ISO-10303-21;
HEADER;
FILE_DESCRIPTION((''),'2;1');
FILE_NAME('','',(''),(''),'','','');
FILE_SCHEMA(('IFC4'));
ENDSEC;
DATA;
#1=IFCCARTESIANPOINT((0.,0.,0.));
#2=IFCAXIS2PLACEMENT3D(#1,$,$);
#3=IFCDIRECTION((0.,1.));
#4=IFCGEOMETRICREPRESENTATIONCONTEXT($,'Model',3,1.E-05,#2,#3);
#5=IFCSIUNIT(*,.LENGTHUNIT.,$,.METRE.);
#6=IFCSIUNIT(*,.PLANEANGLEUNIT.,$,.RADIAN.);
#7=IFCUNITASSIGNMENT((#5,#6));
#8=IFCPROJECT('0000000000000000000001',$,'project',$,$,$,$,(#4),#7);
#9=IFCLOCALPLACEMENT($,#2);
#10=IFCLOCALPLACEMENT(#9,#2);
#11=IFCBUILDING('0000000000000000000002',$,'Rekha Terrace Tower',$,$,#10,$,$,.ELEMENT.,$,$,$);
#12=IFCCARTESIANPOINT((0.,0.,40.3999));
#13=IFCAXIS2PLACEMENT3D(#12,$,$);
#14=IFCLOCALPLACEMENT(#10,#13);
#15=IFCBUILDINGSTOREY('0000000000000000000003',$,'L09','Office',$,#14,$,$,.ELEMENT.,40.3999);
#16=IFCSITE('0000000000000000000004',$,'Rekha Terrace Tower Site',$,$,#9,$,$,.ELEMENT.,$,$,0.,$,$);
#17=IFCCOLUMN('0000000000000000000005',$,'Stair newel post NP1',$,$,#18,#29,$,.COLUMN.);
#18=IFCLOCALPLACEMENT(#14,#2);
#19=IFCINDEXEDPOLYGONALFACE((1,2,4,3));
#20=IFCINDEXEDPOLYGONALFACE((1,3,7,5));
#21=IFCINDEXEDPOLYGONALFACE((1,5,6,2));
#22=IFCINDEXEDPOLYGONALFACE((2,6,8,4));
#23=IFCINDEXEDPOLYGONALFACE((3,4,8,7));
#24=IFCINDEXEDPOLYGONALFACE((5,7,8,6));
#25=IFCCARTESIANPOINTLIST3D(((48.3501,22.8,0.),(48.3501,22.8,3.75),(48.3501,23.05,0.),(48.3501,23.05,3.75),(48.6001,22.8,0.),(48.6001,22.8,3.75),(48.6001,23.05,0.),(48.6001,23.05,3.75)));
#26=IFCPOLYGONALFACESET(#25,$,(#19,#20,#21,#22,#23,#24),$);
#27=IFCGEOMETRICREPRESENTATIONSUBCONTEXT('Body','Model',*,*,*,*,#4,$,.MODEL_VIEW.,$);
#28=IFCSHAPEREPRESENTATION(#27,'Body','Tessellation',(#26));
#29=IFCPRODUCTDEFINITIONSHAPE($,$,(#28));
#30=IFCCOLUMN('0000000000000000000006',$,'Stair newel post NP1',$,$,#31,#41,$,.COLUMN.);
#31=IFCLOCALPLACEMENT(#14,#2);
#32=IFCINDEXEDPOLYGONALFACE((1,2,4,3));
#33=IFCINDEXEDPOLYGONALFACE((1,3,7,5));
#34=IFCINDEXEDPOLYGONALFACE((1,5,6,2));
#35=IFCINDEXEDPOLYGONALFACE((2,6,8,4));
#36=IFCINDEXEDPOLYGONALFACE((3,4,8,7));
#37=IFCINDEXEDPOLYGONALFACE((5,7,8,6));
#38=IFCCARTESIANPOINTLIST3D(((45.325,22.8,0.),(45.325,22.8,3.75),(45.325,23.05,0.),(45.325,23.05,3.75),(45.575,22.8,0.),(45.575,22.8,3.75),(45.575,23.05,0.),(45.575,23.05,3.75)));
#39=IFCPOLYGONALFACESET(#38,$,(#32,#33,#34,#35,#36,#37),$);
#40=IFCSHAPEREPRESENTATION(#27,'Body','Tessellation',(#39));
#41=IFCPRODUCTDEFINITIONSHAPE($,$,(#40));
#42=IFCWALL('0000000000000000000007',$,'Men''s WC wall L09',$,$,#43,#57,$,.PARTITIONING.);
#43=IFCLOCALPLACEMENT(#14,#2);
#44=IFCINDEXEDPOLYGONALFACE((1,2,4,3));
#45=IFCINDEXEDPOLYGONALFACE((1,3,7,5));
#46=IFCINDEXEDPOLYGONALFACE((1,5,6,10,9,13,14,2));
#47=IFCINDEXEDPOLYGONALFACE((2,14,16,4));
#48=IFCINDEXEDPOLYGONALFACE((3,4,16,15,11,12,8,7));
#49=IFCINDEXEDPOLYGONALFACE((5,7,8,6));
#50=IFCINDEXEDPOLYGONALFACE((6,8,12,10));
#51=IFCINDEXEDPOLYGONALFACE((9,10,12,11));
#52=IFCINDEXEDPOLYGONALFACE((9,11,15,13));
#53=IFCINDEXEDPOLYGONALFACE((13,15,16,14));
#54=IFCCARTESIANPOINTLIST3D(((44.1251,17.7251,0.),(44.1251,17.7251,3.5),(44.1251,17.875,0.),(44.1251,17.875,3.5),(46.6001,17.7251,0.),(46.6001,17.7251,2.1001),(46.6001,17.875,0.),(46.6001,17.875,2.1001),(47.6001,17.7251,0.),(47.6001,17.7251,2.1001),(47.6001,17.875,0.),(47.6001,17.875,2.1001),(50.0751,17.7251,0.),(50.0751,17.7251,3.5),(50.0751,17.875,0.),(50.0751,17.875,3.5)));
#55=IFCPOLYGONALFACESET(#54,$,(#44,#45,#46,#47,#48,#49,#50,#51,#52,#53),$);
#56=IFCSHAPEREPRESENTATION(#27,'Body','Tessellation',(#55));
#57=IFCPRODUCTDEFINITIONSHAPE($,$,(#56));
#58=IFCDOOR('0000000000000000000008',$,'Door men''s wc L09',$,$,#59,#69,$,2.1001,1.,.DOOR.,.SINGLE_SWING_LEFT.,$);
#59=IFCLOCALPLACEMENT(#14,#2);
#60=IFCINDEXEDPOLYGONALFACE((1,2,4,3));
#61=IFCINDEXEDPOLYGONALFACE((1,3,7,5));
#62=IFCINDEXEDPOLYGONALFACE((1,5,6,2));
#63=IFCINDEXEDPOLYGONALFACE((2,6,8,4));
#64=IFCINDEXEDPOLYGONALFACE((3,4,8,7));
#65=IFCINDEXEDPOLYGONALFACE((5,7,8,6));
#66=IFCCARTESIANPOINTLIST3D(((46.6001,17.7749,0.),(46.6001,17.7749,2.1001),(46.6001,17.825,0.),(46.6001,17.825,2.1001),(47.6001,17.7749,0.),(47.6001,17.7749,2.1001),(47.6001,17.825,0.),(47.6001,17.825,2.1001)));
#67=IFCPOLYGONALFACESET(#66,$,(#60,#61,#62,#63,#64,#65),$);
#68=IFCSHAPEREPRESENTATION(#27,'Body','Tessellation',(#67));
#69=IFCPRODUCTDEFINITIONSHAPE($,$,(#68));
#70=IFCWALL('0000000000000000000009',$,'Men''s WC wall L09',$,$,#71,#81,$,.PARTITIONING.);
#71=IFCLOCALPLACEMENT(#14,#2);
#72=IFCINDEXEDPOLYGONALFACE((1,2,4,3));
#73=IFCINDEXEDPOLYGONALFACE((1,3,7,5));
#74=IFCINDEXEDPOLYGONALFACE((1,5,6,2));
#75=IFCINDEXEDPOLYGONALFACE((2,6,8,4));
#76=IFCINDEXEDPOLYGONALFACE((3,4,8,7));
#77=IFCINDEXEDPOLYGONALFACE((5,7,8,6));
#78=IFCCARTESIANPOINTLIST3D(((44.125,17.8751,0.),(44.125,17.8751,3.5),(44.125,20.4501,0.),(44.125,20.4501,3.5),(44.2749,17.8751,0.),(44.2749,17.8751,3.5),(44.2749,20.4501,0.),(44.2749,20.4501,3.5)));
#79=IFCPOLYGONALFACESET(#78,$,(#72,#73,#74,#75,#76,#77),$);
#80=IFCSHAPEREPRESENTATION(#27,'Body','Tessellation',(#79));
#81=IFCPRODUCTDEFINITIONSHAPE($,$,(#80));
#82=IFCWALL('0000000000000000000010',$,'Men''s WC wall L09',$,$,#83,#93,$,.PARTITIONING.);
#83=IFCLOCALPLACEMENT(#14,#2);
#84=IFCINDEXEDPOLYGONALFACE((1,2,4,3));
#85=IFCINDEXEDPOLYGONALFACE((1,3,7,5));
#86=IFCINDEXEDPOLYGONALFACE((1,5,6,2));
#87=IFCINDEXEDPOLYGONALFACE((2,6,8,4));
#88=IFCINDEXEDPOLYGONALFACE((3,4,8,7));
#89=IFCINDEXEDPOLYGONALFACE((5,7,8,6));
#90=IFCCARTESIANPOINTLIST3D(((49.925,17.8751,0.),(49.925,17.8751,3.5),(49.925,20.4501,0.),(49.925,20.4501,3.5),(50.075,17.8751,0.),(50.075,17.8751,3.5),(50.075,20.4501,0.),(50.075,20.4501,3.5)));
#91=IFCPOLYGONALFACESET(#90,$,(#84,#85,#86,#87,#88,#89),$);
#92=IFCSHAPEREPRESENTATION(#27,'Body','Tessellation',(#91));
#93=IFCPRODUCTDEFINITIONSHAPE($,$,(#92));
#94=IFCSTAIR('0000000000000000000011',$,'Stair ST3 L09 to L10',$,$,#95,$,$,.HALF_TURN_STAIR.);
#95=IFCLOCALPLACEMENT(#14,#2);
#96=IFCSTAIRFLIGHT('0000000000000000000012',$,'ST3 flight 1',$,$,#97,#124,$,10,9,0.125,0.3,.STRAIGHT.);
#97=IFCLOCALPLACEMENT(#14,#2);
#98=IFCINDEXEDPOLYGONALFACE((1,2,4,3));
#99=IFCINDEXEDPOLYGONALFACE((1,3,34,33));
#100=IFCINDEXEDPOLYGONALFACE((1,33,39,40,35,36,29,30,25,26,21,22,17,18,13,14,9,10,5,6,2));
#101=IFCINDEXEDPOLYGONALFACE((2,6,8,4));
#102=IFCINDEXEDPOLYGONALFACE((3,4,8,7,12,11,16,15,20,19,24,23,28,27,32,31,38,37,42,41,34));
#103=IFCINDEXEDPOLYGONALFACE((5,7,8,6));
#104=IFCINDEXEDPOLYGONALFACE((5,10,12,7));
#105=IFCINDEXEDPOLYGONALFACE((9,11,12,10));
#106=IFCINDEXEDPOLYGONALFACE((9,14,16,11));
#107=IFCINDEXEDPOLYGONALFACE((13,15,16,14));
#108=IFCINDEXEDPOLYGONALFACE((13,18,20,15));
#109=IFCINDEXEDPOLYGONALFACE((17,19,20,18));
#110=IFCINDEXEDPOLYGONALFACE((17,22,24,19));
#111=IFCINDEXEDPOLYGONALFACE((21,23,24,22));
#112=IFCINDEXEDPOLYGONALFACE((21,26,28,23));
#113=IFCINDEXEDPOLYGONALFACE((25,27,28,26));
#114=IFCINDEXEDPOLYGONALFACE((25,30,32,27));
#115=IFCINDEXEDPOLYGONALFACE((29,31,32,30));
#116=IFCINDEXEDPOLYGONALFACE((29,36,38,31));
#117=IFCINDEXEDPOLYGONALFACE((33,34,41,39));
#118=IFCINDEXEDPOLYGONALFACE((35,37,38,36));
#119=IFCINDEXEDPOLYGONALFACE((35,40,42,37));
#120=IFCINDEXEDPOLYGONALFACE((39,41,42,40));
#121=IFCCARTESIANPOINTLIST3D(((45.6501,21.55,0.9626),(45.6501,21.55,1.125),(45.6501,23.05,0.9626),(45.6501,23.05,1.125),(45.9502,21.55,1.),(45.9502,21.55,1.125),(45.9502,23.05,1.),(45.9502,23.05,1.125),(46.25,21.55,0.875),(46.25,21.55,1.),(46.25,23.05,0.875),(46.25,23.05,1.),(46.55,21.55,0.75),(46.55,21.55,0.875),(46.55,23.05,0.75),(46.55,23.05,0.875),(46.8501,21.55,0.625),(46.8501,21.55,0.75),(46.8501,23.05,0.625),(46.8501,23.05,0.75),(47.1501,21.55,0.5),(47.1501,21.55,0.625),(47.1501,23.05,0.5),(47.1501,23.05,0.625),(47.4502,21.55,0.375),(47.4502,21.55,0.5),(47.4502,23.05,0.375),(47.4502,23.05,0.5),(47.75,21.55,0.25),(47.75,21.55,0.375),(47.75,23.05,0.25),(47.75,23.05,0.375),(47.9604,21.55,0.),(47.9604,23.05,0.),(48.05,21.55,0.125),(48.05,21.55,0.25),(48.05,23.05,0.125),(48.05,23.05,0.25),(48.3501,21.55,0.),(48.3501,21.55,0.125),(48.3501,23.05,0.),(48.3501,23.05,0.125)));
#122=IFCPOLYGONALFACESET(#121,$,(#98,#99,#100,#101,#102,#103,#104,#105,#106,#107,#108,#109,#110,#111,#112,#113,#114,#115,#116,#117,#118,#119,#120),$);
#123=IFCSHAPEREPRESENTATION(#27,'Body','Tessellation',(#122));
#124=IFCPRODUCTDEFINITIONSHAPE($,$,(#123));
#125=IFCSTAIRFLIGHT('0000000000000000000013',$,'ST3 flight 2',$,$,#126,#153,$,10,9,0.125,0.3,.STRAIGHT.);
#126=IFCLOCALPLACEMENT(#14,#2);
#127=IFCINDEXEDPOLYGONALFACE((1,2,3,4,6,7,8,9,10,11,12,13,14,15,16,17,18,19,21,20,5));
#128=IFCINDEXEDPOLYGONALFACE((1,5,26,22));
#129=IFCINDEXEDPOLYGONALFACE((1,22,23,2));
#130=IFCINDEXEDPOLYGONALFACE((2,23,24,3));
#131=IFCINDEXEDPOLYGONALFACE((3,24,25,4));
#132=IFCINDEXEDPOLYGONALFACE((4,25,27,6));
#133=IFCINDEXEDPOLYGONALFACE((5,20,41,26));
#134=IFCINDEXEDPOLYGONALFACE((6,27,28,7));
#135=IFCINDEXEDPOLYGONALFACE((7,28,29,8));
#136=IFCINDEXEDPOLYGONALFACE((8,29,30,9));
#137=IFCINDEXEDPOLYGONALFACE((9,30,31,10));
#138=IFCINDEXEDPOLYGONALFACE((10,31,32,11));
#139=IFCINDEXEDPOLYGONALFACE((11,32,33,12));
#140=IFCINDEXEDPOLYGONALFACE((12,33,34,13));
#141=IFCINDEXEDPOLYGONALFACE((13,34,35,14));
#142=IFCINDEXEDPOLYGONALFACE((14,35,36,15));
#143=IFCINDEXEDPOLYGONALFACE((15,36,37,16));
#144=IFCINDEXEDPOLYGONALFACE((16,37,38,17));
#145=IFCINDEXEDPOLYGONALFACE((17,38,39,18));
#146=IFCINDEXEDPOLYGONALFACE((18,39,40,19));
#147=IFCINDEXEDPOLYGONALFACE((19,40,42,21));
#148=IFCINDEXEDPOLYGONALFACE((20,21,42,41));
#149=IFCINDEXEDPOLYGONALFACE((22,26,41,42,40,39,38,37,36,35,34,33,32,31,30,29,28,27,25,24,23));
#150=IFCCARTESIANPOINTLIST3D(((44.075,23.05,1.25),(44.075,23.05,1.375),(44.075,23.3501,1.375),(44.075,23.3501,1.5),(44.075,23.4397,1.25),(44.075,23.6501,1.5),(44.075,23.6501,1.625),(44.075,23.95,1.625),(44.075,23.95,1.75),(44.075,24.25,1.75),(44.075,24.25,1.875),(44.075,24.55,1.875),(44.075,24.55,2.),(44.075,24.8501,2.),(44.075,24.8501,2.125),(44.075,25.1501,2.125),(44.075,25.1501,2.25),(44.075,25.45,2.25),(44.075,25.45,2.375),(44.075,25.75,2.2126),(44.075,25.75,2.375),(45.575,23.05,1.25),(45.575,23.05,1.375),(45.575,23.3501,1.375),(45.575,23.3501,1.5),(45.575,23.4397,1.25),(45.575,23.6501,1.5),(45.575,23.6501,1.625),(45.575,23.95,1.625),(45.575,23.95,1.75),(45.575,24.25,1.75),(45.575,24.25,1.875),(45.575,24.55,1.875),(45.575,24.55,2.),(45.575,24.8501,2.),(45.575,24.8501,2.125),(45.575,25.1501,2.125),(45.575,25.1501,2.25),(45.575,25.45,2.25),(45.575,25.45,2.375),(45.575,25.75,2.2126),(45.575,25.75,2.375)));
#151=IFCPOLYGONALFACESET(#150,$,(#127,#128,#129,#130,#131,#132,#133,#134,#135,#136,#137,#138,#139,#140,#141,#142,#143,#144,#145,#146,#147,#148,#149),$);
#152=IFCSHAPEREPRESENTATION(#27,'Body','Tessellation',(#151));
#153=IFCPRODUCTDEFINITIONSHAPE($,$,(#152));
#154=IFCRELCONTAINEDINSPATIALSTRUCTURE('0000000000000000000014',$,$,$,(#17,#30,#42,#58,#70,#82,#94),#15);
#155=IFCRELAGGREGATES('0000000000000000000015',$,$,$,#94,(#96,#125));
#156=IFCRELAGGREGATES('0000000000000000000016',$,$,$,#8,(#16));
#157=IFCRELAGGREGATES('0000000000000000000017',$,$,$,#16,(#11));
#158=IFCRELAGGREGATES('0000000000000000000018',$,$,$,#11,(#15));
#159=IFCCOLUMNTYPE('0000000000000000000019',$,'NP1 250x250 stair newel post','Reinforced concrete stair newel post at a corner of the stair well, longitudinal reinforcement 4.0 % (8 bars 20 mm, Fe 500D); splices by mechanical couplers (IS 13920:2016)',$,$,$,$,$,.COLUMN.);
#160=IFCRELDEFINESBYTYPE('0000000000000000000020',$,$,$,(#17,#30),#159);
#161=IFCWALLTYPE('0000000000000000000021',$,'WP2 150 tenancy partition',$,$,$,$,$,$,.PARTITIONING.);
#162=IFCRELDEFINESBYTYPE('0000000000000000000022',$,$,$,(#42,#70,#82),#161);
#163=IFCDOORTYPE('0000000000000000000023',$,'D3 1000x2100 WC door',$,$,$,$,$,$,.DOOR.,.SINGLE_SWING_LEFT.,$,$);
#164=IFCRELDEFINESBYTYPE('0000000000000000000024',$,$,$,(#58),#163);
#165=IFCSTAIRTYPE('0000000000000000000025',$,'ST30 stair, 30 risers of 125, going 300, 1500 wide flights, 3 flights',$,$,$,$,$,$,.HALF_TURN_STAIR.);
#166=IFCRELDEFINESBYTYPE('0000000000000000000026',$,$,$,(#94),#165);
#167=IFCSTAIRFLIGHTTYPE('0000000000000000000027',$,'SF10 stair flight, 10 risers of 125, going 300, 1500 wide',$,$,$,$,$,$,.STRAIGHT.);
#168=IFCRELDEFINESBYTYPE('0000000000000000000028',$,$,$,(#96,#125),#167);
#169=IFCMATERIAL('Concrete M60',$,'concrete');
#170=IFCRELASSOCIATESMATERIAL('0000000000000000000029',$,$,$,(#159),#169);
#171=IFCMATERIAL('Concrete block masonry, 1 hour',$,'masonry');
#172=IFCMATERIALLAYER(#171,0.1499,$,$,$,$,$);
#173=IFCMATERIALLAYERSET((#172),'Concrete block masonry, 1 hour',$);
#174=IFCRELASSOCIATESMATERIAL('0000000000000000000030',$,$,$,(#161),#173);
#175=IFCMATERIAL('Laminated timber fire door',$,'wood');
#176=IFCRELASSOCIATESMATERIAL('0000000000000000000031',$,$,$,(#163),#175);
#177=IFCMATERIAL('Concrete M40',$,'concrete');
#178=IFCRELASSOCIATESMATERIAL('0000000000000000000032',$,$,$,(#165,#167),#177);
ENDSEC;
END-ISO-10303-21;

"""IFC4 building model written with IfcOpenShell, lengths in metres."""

from ifc_helpers import new_model, si_unit, direction, frame, frame_2d, origin, origin_2d, place, context, subcontext, project, spatial, polyline, rectangle, outline, extrude, material, layer, layer_set, material_profile, profile_set, type_object, element, fill, aggregate, save


model = new_model("IFC4")

# Units and contexts
model_context = context("Model", 3, precision=1e-05, world=origin(), true_north=direction((0.0, 1.0)))
body_context = subcontext(model_context, "Body", "Model", "MODEL_VIEW")
ifc_project = project(units=[si_unit("LENGTHUNIT", "METRE"), si_unit("PLANEANGLEUNIT", "RADIAN")], contexts=[model_context])

# Site, building, storey
site_placement = place(None, origin())
site = spatial("IfcSite", under=ifc_project, at=site_placement, Name="Rekha Terrace Tower Site", CompositionType="ELEMENT", RefElevation=0.0)
building_placement = place(site_placement, origin())
building = spatial("IfcBuilding", under=site, at=building_placement, Name="Rekha Terrace Tower", CompositionType="ELEMENT")
storey_placement = place(building_placement, frame((0.0, 0.0, 40.3999)))
storey = spatial("IfcBuildingStorey", under=building, at=storey_placement, Name="L09", Description="Office", CompositionType="ELEMENT", Elevation=40.3999)

# Columns
ifc_material_1 = material(Name="Concrete M60", Category="concrete")
ifc_material_profile = material_profile(ifc_material_1, rectangle(XDim=0.25, YDim=0.25, at=origin_2d()), Name="RC 250x250")
ifc_profile_set = profile_set([ifc_material_profile], Name="Concrete M60")
column_type = type_object("IfcColumnType", Name="NP1 250x250 stair newel post", Description="Reinforced concrete stair newel post at a corner of the stair well, longitudinal reinforcement 4.0 % (8 bars 20 mm, Fe 500D); splices by mechanical couplers (IS 13920:2016)", PredefinedType="COLUMN", material=ifc_profile_set)
for number, where, z_axis, x_axis, name in (
    (1, (48.4751, 22.925, 0.0), (0.0, 0.0, 1.0), (1.0, 0.0, 0.0), "Stair newel post NP1"),
    (2, (45.45, 22.925, 0.0), (0.0, 0.0, 1.0), (1.0, 0.0, 0.0), "Stair newel post NP1"),
):
    element("IfcColumn", number, at=place(storey_placement, frame(where, z_axis=z_axis, x_axis=x_axis)), inside=storey, type_object=column_type, Name=name, PredefinedType="COLUMN", context=body_context, shape_type="SweptSolid", body=[
        extrude(rectangle(XDim=0.25, YDim=0.25, at=origin_2d()), origin(), (0.0, 0.0, 1.0), 3.75),
    ])

# Wall, opening, door
ifc_material_2 = material(Name="Concrete block masonry, 1 hour", Category="masonry")
ifc_layer = layer(ifc_material_2, 0.1499)
ifc_layer_set = layer_set([ifc_layer], Name="Concrete block masonry, 1 hour")
wall_type = type_object("IfcWallType", Name="WP2 150 tenancy partition", PredefinedType="PARTITIONING", material=ifc_layer_set)
wall_placement = place(storey_placement, frame((44.125, 17.8, 0.0), z_axis=(0.0, 0.0, 1.0), x_axis=(1.0, 0.0, 0.0)))
wall = element("IfcWall", 3, at=wall_placement, inside=storey, type_object=wall_type, Name="Men's WC wall L09", PredefinedType="PARTITIONING", context=body_context, shape_type="SweptSolid", body=[
    extrude(rectangle(XDim=5.95, YDim=0.1499, at=frame_2d((2.9751, 0.0))), origin(), (0.0, 0.0, 1.0), 3.5),
])
opening_placement = place(wall_placement, frame((2.4751, 0.0, 0.0)))
opening = element("IfcOpeningElement", 4, at=opening_placement, cuts=wall, PredefinedType="OPENING", context=body_context, shape_type="SweptSolid", body=[
    extrude(rectangle(XDim=1.0, YDim=2.1001, at=frame_2d((0.5, 1.05))), frame((0.0, 0.085, 0.0), z_axis=(0.0, -1.0, 0.0), x_axis=(1.0, 0.0, 0.0)), (0.0, 0.0, 1.0), 0.1699),
])
ifc_material_3 = material(Name="Laminated timber fire door", Category="wood")
door_type = type_object("IfcDoorType", Name="D3 1000x2100 WC door", OperationType="SINGLE_SWING_LEFT", PredefinedType="DOOR", material=ifc_material_3)
door_placement = place(opening_placement, origin())
door = element("IfcDoor", 5, at=door_placement, inside=storey, type_object=door_type, Name="Door men's wc L09", OperationType="SINGLE_SWING_LEFT", OverallHeight=2.1001, OverallWidth=1.0, PredefinedType="DOOR", context=body_context, shape_type="SweptSolid", body=[
    extrude(rectangle(XDim=1.0, YDim=2.1001, at=frame_2d((0.5, 1.05))), frame((0.0, 0.0249, 0.0), z_axis=(0.0, -1.0, 0.0), x_axis=(1.0, 0.0, 0.0)), (0.0, 0.0, 1.0), 0.05),
])
fill(opening, door)

# Walls
for number, where, z_axis, x_axis, name in (
    (6, (44.2, 17.875, 0.0), (0.0, 0.0, 1.0), (0.0, 1.0, 0.0), "Men's WC wall L09"),
    (7, (50.0, 17.875, 0.0), (0.0, 0.0, 1.0), (0.0, 1.0, 0.0), "Men's WC wall L09"),
):
    element("IfcWall", number, at=place(storey_placement, frame(where, z_axis=z_axis, x_axis=x_axis)), inside=storey, type_object=wall_type, Name=name, PredefinedType="PARTITIONING", context=body_context, shape_type="SweptSolid", body=[
        extrude(rectangle(XDim=2.575, YDim=0.1499, at=frame_2d((1.2876, 0.0))), origin(), (0.0, 0.0, 1.0), 3.5),
    ])

# Stair, stair flights
ifc_material_4 = material(Name="Concrete M40", Category="concrete")
stair_type = type_object("IfcStairType", Name="ST30 stair, 30 risers of 125, going 300, 1500 wide flights, 3 flights", PredefinedType="HALF_TURN_STAIR", material=ifc_material_4)
stair_placement = place(storey_placement, origin())
stair = element("IfcStair", 8, at=stair_placement, inside=storey, type_object=stair_type, Name="Stair ST3 L09 to L10", PredefinedType="HALF_TURN_STAIR")
stair_flight_type = type_object("IfcStairFlightType", Name="SF10 stair flight, 10 risers of 125, going 300, 1500 wide", PredefinedType="STRAIGHT", material=ifc_material_4)
stair_flight_1_placement = place(storey_placement, frame((48.3501, 22.3, 0.0), z_axis=(0.0, 0.0, 1.0), x_axis=(-1.0, 0.0, 0.0)))
stair_flight_1 = element("IfcStairFlight", 9, at=stair_flight_1_placement, type_object=stair_flight_type, Name="ST3 flight 1", NumberOfRisers=10, NumberOfTreads=9, PredefinedType="STRAIGHT", RiserHeight=0.125, TreadLength=0.3, context=body_context, shape_type="SweptSolid", body=[
    extrude(outline(polyline([(0.0, 0.0), (0.0, 0.125), (0.3, 0.125), (0.3, 0.25), (0.6001, 0.25), (0.6001, 0.375), (0.8999, 0.375), (0.8999, 0.5), (1.2, 0.5), (1.2, 0.625), (1.5, 0.625), (1.5, 0.75), (1.8, 0.75), (1.8, 0.875), (2.1001, 0.875), (2.1001, 1.0), (2.3999, 1.0), (2.3999, 1.125), (2.7, 1.125), (2.7, 1.25), (2.7, 0.9626), (0.3896, 0.0), (0.0, 0.0)])), frame((0.0, 0.75, 0.0), z_axis=(0.0, -1.0, 0.0), x_axis=(1.0, 0.0, 0.0)), (0.0, 0.0, 1.0), 1.5),
])
stair_flight_2_placement = place(storey_placement, frame((44.825, 23.05, 1.25), z_axis=(0.0, 0.0, 1.0), x_axis=(0.0, 1.0, 0.0)))
stair_flight_2 = element("IfcStairFlight", 10, at=stair_flight_2_placement, type_object=stair_flight_type, Name="ST3 flight 2", NumberOfRisers=10, NumberOfTreads=9, PredefinedType="STRAIGHT", RiserHeight=0.125, TreadLength=0.3, context=body_context, shape_type="SweptSolid", body=[
    extrude(outline(polyline([(0.0, 0.0), (0.0, 0.125), (0.3, 0.125), (0.3, 0.25), (0.6001, 0.25), (0.6001, 0.375), (0.8999, 0.375), (0.8999, 0.5), (1.2, 0.5), (1.2, 0.625), (1.5, 0.625), (1.5, 0.75), (1.8, 0.75), (1.8, 0.875), (2.1001, 0.875), (2.1001, 1.0), (2.3999, 1.0), (2.3999, 1.125), (2.7, 1.125), (2.7, 1.25), (2.7, 0.9626), (0.3896, 0.0), (0.0, 0.0)])), frame((0.0, 0.75, 0.0), z_axis=(0.0, -1.0, 0.0), x_axis=(1.0, 0.0, 0.0)), (0.0, 0.0, 1.0), 1.5),
])
aggregate(stair, [stair_flight_1, stair_flight_2])

save(model, "model.ifc")
